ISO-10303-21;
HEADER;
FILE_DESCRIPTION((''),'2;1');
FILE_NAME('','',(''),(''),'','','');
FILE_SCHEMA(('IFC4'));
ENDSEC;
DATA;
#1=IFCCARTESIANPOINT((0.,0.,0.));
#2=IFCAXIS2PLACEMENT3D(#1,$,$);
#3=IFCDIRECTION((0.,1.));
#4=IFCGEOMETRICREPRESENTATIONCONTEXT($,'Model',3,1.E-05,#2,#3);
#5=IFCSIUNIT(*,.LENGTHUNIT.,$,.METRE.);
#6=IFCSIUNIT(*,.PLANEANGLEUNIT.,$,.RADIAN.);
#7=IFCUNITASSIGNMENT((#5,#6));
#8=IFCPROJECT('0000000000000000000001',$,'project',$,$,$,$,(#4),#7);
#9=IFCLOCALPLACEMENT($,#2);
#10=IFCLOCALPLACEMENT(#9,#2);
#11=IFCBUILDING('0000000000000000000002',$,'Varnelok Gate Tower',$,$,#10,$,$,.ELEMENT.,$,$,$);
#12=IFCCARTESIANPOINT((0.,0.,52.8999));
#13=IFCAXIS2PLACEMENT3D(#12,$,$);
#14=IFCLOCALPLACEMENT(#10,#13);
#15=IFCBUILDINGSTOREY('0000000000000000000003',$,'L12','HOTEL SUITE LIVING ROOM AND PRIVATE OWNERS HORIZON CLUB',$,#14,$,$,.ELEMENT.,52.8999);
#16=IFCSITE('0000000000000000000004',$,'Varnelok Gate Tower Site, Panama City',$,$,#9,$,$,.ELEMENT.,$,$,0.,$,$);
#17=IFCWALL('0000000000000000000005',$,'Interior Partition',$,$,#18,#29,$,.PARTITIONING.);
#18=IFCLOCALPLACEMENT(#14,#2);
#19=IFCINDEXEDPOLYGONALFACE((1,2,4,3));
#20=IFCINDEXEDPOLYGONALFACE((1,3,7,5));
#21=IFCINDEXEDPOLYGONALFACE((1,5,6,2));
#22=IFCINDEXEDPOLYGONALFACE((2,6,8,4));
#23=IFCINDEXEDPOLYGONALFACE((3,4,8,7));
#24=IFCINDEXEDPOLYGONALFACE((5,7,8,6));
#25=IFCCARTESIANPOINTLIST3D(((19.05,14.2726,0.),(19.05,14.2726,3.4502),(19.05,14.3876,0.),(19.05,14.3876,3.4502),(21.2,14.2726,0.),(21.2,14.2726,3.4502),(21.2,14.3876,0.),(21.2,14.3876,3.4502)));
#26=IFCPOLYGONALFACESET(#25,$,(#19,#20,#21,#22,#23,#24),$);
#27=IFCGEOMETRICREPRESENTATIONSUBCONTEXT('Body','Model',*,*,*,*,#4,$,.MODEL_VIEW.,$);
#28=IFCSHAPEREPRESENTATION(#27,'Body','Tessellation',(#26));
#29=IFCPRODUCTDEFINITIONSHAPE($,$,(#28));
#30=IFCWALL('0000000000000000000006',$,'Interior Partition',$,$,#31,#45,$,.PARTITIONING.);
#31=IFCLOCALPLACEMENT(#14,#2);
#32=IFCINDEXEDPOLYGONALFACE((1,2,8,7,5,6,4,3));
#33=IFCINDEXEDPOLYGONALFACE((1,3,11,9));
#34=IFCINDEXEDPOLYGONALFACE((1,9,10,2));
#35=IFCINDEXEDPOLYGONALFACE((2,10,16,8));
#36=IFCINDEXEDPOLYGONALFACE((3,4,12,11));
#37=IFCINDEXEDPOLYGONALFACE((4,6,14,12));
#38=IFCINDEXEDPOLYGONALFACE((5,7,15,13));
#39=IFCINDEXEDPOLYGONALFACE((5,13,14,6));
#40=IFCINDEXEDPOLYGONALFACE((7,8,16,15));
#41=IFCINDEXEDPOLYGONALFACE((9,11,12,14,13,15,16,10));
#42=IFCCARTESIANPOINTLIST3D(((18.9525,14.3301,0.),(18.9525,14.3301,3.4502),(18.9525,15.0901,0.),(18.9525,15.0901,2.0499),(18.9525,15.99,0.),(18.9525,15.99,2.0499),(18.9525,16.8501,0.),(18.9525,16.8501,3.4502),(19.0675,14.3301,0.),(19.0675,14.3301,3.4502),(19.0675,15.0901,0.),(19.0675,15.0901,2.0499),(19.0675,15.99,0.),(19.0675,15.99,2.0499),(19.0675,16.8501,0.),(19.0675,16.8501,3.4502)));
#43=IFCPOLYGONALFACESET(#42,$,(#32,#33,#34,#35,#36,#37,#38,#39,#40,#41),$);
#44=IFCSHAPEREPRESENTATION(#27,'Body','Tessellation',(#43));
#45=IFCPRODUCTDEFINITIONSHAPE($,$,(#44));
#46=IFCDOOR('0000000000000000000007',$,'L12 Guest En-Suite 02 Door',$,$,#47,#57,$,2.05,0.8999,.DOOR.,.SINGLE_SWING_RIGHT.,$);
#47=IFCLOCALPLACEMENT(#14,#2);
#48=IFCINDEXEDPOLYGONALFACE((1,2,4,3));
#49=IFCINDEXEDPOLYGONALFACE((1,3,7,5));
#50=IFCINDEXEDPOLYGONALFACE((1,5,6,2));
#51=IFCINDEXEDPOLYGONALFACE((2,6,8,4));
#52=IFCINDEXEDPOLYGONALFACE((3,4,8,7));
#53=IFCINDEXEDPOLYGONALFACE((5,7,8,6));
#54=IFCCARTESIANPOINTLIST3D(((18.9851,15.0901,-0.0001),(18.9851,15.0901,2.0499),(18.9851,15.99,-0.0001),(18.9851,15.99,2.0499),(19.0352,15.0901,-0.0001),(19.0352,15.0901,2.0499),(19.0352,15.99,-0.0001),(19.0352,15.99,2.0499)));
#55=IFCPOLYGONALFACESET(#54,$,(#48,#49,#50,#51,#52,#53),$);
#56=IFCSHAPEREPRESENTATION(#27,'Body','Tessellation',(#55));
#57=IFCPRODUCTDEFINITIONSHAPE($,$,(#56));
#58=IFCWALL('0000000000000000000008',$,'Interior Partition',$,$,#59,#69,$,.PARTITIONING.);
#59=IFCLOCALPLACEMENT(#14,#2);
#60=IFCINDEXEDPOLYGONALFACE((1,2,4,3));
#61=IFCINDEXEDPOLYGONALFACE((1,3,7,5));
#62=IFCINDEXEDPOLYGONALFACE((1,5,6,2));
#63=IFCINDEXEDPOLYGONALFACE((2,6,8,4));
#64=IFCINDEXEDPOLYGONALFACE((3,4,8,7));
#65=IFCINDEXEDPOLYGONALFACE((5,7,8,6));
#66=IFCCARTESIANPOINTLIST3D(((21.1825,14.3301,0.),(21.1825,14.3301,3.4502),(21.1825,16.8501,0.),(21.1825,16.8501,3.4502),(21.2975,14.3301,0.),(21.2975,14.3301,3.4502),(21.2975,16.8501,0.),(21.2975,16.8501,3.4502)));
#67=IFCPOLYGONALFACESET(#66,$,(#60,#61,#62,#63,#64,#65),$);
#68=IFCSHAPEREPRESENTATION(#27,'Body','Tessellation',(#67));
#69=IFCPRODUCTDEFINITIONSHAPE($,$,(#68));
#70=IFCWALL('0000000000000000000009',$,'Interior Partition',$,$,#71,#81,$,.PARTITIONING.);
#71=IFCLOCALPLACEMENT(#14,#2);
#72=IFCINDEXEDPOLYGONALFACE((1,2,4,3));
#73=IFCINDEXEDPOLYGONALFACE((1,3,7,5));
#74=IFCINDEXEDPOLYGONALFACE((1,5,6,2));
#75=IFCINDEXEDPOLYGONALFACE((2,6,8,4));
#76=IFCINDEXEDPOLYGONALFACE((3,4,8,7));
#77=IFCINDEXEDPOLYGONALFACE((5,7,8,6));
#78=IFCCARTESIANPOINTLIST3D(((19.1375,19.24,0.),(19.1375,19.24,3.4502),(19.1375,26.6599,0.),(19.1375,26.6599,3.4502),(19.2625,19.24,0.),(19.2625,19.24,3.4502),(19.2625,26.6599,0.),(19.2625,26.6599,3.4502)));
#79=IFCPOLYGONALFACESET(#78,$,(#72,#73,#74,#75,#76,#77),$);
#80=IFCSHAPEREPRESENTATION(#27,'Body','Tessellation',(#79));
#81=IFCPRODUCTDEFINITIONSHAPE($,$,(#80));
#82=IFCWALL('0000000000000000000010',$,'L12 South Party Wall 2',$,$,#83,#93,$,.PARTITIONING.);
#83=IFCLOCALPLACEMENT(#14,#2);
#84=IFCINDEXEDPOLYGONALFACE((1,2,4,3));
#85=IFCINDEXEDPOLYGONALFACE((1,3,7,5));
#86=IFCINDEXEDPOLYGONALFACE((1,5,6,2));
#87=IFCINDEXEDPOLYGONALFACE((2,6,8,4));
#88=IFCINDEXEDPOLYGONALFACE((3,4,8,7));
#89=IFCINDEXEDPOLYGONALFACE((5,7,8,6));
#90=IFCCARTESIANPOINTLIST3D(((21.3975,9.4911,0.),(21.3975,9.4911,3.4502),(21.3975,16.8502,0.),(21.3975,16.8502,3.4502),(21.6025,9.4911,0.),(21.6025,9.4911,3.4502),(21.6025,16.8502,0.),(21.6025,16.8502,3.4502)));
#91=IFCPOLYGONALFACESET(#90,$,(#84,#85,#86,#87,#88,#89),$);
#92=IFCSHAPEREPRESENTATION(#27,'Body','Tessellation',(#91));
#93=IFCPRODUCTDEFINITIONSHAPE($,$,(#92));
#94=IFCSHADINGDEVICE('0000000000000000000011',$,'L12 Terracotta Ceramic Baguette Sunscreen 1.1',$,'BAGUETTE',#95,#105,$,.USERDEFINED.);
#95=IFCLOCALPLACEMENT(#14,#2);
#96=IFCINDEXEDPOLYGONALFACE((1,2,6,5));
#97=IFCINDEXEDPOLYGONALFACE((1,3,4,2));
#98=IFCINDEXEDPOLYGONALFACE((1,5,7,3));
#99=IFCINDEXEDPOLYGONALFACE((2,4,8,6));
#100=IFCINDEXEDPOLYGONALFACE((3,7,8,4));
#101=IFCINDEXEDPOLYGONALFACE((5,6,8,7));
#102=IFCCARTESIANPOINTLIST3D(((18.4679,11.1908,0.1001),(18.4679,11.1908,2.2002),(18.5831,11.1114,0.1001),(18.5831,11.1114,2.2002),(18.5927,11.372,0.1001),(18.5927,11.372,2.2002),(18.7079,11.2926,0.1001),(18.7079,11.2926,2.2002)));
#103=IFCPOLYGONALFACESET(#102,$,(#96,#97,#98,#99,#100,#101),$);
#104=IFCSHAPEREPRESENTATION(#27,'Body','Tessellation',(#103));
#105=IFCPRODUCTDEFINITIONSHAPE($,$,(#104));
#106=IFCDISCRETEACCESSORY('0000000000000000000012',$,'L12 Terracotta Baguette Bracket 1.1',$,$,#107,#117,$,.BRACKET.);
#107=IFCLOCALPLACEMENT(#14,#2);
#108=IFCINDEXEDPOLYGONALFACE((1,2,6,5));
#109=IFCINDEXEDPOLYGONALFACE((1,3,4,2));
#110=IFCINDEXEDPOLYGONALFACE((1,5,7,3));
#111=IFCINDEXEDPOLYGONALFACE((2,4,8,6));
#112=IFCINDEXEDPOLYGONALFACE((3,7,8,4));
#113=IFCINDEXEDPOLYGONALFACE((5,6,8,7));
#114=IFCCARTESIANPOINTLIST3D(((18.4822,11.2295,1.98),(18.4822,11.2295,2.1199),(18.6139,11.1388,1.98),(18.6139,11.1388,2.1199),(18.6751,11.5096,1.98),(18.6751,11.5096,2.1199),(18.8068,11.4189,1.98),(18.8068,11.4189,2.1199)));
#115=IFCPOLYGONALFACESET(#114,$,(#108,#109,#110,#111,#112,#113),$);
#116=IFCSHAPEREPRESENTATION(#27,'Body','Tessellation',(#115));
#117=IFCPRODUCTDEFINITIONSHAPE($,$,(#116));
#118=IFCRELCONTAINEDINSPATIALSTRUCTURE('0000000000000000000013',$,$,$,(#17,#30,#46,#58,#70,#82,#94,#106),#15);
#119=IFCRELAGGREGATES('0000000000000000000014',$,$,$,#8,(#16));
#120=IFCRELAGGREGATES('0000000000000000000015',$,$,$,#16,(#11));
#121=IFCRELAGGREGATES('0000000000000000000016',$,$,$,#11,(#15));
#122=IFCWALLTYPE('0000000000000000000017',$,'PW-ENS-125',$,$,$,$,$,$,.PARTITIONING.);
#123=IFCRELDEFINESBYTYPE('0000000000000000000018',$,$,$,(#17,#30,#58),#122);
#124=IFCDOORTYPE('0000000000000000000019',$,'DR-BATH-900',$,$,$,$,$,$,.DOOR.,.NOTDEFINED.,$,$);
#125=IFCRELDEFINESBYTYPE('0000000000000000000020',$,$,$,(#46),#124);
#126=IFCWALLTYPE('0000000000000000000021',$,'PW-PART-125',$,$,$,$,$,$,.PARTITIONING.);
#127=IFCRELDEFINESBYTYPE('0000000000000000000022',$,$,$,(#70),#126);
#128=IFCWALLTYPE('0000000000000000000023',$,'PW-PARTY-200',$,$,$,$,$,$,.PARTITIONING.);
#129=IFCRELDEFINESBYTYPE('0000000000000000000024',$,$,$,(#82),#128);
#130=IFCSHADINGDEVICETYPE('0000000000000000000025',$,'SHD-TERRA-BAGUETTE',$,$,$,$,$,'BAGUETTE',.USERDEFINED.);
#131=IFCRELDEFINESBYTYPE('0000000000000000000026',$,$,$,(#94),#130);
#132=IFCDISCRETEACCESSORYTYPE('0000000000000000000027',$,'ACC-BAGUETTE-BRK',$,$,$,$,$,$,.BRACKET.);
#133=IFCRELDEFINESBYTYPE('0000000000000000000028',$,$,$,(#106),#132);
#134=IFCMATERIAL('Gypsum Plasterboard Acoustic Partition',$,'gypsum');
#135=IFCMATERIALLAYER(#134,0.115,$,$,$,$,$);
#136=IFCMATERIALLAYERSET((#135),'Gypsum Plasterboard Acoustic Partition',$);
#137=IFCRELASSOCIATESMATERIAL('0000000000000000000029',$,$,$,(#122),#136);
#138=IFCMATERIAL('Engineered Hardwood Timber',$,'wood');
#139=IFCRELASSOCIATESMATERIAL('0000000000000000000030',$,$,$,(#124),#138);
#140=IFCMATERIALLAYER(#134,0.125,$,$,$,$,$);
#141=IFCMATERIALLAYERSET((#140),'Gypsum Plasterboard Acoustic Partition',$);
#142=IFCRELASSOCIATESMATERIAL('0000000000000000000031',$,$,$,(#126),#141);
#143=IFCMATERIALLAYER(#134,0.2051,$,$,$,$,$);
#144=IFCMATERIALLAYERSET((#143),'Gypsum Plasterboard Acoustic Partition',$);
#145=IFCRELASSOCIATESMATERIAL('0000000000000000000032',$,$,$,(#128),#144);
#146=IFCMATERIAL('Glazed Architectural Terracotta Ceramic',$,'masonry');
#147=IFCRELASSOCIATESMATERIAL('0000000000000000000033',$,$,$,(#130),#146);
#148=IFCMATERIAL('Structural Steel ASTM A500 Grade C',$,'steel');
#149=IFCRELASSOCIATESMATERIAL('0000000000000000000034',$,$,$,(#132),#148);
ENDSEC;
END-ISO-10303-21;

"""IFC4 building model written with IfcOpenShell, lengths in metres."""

from ifc_helpers import new_model, si_unit, direction, frame, frame_2d, origin, origin_2d, place, context, subcontext, project, spatial, rectangle, extrude, source, transform, mapped, material, layer, layer_set, type_object, element, fill, save


model = new_model("IFC4")

# Units and contexts
model_context = context("Model", 3, precision=1e-05, world=origin(), true_north=direction((0.0, 1.0)))
body_context = subcontext(model_context, "Body", "Model", "MODEL_VIEW")
ifc_project = project(units=[si_unit("LENGTHUNIT", "METRE"), si_unit("PLANEANGLEUNIT", "RADIAN")], contexts=[model_context])

# Site, building, storey
site_placement = place(None, origin())
site = spatial("IfcSite", under=ifc_project, at=site_placement, Name="Varnelok Gate Tower Site, Panama City", CompositionType="ELEMENT", RefElevation=0.0)
building_placement = place(site_placement, origin())
building = spatial("IfcBuilding", under=site, at=building_placement, Name="Varnelok Gate Tower", CompositionType="ELEMENT")
storey_placement = place(building_placement, frame((0.0, 0.0, 52.8999)))
storey = spatial("IfcBuildingStorey", under=building, at=storey_placement, Name="L12", Description="HOTEL SUITE LIVING ROOM AND PRIVATE OWNERS HORIZON CLUB", CompositionType="ELEMENT", Elevation=52.8999)

# Shared definitions
ifc_material_1 = material(Name="Gypsum Plasterboard Acoustic Partition", Category="gypsum")
ifc_material_2 = material(Name="Engineered Hardwood Timber", Category="wood")

# Wall
ifc_layer_1 = layer(ifc_material_1, 0.115)
ifc_layer_set_1 = layer_set([ifc_layer_1], Name="Gypsum Plasterboard Acoustic Partition")
wall_type_1 = type_object("IfcWallType", Name="PW-ENS-125", PredefinedType="PARTITIONING", material=ifc_layer_set_1)
wall_1_placement = place(storey_placement, frame((19.05, 14.3301, 0.0), z_axis=(0.0, 0.0, 1.0), x_axis=(1.0, 0.0, 0.0)))
element("IfcWall", 1, at=wall_1_placement, inside=storey, type_object=wall_type_1, Name="Interior Partition", PredefinedType="PARTITIONING", context=body_context, shape_type="SweptSolid", body=[
    extrude(rectangle(XDim=2.1499, YDim=0.115, at=frame_2d((1.075, 0.0))), origin(), (0.0, 0.0, 1.0), 3.4502),
])

# Wall, opening, door
wall_2_placement = place(storey_placement, frame((19.01, 14.3301, 0.0), z_axis=(0.0, 0.0, 1.0), x_axis=(0.0, 1.0, 0.0)))
wall_2 = element("IfcWall", 2, at=wall_2_placement, inside=storey, type_object=wall_type_1, Name="Interior Partition", PredefinedType="PARTITIONING", context=body_context, shape_type="SweptSolid", body=[
    extrude(rectangle(XDim=2.52, YDim=0.115, at=frame_2d((1.26, 0.0))), origin(), (0.0, 0.0, 1.0), 3.4502),
])
opening_1_placement = place(wall_2_placement, frame((0.76, 0.0, 0.0)))
opening_1 = element("IfcOpeningElement", 3, at=opening_1_placement, cuts=wall_2, PredefinedType="OPENING", context=body_context, shape_type="SweptSolid", body=[
    extrude(rectangle(XDim=0.8999, YDim=2.05, at=frame_2d((0.45, 1.0249))), frame((0.0, 0.0674, 0.0), z_axis=(0.0, -1.0, 0.0), x_axis=(1.0, 0.0, 0.0)), (0.0, 0.0, 1.0), 0.135),
])
door_type_1 = type_object("IfcDoorType", Name="DR-BATH-900", OperationType="NOTDEFINED", PredefinedType="DOOR", material=ifc_material_2)
door_1_placement = place(opening_1_placement, origin())
door_1 = element("IfcDoor", 4, at=door_1_placement, inside=storey, type_object=door_type_1, Name="L12 Guest En-Suite 02 Door", OperationType="SINGLE_SWING_RIGHT", OverallHeight=2.05, OverallWidth=0.8999, PredefinedType="DOOR", context=body_context, shape_type="SweptSolid", body=[
    extrude(rectangle(XDim=0.8999, YDim=2.05, at=frame_2d((0.45, 1.0249))), frame((0.0, 0.0249, 0.0), z_axis=(0.0, -1.0, 0.0), x_axis=(1.0, 0.0, 0.0)), (0.0, 0.0, 1.0), 0.05),
])
fill(opening_1, door_1)

# Walls
wall_3_placement = place(storey_placement, frame((21.24, 14.3301, 0.0), z_axis=(0.0, 0.0, 1.0), x_axis=(0.0, 1.0, 0.0)))
element("IfcWall", 5, at=wall_3_placement, inside=storey, type_object=wall_type_1, Name="Interior Partition", PredefinedType="PARTITIONING", context=body_context, shape_type="SweptSolid", body=[
    extrude(rectangle(XDim=2.52, YDim=0.115, at=frame_2d((1.26, 0.0))), origin(), (0.0, 0.0, 1.0), 3.4502),
])
ifc_layer_2 = layer(ifc_material_1, 0.125)
ifc_layer_set_2 = layer_set([ifc_layer_2], Name="Gypsum Plasterboard Acoustic Partition")
wall_type_2 = type_object("IfcWallType", Name="PW-PART-125", PredefinedType="PARTITIONING", material=ifc_layer_set_2)
wall_4_placement = place(storey_placement, frame((19.2, 19.24, 0.0), z_axis=(0.0, 0.0, 1.0), x_axis=(0.0, 1.0, 0.0)))
element("IfcWall", 6, at=wall_4_placement, inside=storey, type_object=wall_type_2, Name="Interior Partition", PredefinedType="PARTITIONING", context=body_context, shape_type="SweptSolid", body=[
    extrude(rectangle(XDim=7.4199, YDim=0.125, at=frame_2d((3.71, 0.0))), origin(), (0.0, 0.0, 1.0), 3.4502),
])
ifc_layer_3 = layer(ifc_material_1, 0.2051)
ifc_layer_set_3 = layer_set([ifc_layer_3], Name="Gypsum Plasterboard Acoustic Partition")
wall_type_3 = type_object("IfcWallType", Name="PW-PARTY-200", PredefinedType="PARTITIONING", material=ifc_layer_set_3)
wall_5_placement = place(storey_placement, frame((21.5, 9.491, 0.0), z_axis=(0.0, 0.0, 1.0), x_axis=(0.0, 1.0, 0.0)))
element("IfcWall", 7, at=wall_5_placement, inside=storey, type_object=wall_type_3, Name="L12 South Party Wall 2", PredefinedType="PARTITIONING", context=body_context, shape_type="SweptSolid", body=[
    extrude(rectangle(XDim=7.3591, YDim=0.2051, at=frame_2d((3.6797, 0.0))), origin(), (0.0, 0.0, 1.0), 3.4502),
])

# Shading device
ifc_material_3 = material(Name="Glazed Architectural Terracotta Ceramic", Category="masonry")
shading_device_type = type_object("IfcShadingDeviceType", Name="SHD-TERRA-BAGUETTE", ElementType="BAGUETTE", PredefinedType="USERDEFINED", material=ifc_material_3)
shared_shape_1 = source(origin(), body_context, "Body", "SweptSolid", [
    extrude(rectangle(XDim=0.1399, YDim=0.22, at=origin_2d()), origin(), (0.0, 0.0, 1.0), 2.1001),
])
shading_device_placement = place(storey_placement, frame((18.5879, 11.2417, 0.1001), z_axis=(0.0, 0.0, 1.0), x_axis=(0.823533, -0.567269, 0.0)))
element("IfcShadingDevice", 8, at=shading_device_placement, inside=storey, type_object=shading_device_type, Name="L12 Terracotta Ceramic Baguette Sunscreen 1.1", ObjectType="BAGUETTE", PredefinedType="USERDEFINED", context=body_context, shape_type="MappedRepresentation", body=[
    mapped(shared_shape_1, transform((0.0, 0.0, 0.0), scale=1.0)),
])

# Discrete accessory
ifc_material_4 = material(Name="Structural Steel ASTM A500 Grade C", Category="steel")
discrete_accessory_type = type_object("IfcDiscreteAccessoryType", Name="ACC-BAGUETTE-BRK", PredefinedType="BRACKET", material=ifc_material_4)
shared_shape_2 = source(origin(), body_context, "Body", "SweptSolid", [
    extrude(rectangle(XDim=0.1599, YDim=0.3401, at=origin_2d()), origin(), (0.0, 0.0, 1.0), 0.1399),
])
discrete_accessory_placement = place(storey_placement, frame((18.6445, 11.3242, 1.98), z_axis=(0.0, 0.0, 1.0), x_axis=(0.823533, -0.567269, 0.0)))
element("IfcDiscreteAccessory", 9, at=discrete_accessory_placement, inside=storey, type_object=discrete_accessory_type, Name="L12 Terracotta Baguette Bracket 1.1", PredefinedType="BRACKET", context=body_context, shape_type="MappedRepresentation", body=[
    mapped(shared_shape_2, transform((0.0, 0.0, 0.0), scale=1.0)),
])

save(model, "model.ifc")
